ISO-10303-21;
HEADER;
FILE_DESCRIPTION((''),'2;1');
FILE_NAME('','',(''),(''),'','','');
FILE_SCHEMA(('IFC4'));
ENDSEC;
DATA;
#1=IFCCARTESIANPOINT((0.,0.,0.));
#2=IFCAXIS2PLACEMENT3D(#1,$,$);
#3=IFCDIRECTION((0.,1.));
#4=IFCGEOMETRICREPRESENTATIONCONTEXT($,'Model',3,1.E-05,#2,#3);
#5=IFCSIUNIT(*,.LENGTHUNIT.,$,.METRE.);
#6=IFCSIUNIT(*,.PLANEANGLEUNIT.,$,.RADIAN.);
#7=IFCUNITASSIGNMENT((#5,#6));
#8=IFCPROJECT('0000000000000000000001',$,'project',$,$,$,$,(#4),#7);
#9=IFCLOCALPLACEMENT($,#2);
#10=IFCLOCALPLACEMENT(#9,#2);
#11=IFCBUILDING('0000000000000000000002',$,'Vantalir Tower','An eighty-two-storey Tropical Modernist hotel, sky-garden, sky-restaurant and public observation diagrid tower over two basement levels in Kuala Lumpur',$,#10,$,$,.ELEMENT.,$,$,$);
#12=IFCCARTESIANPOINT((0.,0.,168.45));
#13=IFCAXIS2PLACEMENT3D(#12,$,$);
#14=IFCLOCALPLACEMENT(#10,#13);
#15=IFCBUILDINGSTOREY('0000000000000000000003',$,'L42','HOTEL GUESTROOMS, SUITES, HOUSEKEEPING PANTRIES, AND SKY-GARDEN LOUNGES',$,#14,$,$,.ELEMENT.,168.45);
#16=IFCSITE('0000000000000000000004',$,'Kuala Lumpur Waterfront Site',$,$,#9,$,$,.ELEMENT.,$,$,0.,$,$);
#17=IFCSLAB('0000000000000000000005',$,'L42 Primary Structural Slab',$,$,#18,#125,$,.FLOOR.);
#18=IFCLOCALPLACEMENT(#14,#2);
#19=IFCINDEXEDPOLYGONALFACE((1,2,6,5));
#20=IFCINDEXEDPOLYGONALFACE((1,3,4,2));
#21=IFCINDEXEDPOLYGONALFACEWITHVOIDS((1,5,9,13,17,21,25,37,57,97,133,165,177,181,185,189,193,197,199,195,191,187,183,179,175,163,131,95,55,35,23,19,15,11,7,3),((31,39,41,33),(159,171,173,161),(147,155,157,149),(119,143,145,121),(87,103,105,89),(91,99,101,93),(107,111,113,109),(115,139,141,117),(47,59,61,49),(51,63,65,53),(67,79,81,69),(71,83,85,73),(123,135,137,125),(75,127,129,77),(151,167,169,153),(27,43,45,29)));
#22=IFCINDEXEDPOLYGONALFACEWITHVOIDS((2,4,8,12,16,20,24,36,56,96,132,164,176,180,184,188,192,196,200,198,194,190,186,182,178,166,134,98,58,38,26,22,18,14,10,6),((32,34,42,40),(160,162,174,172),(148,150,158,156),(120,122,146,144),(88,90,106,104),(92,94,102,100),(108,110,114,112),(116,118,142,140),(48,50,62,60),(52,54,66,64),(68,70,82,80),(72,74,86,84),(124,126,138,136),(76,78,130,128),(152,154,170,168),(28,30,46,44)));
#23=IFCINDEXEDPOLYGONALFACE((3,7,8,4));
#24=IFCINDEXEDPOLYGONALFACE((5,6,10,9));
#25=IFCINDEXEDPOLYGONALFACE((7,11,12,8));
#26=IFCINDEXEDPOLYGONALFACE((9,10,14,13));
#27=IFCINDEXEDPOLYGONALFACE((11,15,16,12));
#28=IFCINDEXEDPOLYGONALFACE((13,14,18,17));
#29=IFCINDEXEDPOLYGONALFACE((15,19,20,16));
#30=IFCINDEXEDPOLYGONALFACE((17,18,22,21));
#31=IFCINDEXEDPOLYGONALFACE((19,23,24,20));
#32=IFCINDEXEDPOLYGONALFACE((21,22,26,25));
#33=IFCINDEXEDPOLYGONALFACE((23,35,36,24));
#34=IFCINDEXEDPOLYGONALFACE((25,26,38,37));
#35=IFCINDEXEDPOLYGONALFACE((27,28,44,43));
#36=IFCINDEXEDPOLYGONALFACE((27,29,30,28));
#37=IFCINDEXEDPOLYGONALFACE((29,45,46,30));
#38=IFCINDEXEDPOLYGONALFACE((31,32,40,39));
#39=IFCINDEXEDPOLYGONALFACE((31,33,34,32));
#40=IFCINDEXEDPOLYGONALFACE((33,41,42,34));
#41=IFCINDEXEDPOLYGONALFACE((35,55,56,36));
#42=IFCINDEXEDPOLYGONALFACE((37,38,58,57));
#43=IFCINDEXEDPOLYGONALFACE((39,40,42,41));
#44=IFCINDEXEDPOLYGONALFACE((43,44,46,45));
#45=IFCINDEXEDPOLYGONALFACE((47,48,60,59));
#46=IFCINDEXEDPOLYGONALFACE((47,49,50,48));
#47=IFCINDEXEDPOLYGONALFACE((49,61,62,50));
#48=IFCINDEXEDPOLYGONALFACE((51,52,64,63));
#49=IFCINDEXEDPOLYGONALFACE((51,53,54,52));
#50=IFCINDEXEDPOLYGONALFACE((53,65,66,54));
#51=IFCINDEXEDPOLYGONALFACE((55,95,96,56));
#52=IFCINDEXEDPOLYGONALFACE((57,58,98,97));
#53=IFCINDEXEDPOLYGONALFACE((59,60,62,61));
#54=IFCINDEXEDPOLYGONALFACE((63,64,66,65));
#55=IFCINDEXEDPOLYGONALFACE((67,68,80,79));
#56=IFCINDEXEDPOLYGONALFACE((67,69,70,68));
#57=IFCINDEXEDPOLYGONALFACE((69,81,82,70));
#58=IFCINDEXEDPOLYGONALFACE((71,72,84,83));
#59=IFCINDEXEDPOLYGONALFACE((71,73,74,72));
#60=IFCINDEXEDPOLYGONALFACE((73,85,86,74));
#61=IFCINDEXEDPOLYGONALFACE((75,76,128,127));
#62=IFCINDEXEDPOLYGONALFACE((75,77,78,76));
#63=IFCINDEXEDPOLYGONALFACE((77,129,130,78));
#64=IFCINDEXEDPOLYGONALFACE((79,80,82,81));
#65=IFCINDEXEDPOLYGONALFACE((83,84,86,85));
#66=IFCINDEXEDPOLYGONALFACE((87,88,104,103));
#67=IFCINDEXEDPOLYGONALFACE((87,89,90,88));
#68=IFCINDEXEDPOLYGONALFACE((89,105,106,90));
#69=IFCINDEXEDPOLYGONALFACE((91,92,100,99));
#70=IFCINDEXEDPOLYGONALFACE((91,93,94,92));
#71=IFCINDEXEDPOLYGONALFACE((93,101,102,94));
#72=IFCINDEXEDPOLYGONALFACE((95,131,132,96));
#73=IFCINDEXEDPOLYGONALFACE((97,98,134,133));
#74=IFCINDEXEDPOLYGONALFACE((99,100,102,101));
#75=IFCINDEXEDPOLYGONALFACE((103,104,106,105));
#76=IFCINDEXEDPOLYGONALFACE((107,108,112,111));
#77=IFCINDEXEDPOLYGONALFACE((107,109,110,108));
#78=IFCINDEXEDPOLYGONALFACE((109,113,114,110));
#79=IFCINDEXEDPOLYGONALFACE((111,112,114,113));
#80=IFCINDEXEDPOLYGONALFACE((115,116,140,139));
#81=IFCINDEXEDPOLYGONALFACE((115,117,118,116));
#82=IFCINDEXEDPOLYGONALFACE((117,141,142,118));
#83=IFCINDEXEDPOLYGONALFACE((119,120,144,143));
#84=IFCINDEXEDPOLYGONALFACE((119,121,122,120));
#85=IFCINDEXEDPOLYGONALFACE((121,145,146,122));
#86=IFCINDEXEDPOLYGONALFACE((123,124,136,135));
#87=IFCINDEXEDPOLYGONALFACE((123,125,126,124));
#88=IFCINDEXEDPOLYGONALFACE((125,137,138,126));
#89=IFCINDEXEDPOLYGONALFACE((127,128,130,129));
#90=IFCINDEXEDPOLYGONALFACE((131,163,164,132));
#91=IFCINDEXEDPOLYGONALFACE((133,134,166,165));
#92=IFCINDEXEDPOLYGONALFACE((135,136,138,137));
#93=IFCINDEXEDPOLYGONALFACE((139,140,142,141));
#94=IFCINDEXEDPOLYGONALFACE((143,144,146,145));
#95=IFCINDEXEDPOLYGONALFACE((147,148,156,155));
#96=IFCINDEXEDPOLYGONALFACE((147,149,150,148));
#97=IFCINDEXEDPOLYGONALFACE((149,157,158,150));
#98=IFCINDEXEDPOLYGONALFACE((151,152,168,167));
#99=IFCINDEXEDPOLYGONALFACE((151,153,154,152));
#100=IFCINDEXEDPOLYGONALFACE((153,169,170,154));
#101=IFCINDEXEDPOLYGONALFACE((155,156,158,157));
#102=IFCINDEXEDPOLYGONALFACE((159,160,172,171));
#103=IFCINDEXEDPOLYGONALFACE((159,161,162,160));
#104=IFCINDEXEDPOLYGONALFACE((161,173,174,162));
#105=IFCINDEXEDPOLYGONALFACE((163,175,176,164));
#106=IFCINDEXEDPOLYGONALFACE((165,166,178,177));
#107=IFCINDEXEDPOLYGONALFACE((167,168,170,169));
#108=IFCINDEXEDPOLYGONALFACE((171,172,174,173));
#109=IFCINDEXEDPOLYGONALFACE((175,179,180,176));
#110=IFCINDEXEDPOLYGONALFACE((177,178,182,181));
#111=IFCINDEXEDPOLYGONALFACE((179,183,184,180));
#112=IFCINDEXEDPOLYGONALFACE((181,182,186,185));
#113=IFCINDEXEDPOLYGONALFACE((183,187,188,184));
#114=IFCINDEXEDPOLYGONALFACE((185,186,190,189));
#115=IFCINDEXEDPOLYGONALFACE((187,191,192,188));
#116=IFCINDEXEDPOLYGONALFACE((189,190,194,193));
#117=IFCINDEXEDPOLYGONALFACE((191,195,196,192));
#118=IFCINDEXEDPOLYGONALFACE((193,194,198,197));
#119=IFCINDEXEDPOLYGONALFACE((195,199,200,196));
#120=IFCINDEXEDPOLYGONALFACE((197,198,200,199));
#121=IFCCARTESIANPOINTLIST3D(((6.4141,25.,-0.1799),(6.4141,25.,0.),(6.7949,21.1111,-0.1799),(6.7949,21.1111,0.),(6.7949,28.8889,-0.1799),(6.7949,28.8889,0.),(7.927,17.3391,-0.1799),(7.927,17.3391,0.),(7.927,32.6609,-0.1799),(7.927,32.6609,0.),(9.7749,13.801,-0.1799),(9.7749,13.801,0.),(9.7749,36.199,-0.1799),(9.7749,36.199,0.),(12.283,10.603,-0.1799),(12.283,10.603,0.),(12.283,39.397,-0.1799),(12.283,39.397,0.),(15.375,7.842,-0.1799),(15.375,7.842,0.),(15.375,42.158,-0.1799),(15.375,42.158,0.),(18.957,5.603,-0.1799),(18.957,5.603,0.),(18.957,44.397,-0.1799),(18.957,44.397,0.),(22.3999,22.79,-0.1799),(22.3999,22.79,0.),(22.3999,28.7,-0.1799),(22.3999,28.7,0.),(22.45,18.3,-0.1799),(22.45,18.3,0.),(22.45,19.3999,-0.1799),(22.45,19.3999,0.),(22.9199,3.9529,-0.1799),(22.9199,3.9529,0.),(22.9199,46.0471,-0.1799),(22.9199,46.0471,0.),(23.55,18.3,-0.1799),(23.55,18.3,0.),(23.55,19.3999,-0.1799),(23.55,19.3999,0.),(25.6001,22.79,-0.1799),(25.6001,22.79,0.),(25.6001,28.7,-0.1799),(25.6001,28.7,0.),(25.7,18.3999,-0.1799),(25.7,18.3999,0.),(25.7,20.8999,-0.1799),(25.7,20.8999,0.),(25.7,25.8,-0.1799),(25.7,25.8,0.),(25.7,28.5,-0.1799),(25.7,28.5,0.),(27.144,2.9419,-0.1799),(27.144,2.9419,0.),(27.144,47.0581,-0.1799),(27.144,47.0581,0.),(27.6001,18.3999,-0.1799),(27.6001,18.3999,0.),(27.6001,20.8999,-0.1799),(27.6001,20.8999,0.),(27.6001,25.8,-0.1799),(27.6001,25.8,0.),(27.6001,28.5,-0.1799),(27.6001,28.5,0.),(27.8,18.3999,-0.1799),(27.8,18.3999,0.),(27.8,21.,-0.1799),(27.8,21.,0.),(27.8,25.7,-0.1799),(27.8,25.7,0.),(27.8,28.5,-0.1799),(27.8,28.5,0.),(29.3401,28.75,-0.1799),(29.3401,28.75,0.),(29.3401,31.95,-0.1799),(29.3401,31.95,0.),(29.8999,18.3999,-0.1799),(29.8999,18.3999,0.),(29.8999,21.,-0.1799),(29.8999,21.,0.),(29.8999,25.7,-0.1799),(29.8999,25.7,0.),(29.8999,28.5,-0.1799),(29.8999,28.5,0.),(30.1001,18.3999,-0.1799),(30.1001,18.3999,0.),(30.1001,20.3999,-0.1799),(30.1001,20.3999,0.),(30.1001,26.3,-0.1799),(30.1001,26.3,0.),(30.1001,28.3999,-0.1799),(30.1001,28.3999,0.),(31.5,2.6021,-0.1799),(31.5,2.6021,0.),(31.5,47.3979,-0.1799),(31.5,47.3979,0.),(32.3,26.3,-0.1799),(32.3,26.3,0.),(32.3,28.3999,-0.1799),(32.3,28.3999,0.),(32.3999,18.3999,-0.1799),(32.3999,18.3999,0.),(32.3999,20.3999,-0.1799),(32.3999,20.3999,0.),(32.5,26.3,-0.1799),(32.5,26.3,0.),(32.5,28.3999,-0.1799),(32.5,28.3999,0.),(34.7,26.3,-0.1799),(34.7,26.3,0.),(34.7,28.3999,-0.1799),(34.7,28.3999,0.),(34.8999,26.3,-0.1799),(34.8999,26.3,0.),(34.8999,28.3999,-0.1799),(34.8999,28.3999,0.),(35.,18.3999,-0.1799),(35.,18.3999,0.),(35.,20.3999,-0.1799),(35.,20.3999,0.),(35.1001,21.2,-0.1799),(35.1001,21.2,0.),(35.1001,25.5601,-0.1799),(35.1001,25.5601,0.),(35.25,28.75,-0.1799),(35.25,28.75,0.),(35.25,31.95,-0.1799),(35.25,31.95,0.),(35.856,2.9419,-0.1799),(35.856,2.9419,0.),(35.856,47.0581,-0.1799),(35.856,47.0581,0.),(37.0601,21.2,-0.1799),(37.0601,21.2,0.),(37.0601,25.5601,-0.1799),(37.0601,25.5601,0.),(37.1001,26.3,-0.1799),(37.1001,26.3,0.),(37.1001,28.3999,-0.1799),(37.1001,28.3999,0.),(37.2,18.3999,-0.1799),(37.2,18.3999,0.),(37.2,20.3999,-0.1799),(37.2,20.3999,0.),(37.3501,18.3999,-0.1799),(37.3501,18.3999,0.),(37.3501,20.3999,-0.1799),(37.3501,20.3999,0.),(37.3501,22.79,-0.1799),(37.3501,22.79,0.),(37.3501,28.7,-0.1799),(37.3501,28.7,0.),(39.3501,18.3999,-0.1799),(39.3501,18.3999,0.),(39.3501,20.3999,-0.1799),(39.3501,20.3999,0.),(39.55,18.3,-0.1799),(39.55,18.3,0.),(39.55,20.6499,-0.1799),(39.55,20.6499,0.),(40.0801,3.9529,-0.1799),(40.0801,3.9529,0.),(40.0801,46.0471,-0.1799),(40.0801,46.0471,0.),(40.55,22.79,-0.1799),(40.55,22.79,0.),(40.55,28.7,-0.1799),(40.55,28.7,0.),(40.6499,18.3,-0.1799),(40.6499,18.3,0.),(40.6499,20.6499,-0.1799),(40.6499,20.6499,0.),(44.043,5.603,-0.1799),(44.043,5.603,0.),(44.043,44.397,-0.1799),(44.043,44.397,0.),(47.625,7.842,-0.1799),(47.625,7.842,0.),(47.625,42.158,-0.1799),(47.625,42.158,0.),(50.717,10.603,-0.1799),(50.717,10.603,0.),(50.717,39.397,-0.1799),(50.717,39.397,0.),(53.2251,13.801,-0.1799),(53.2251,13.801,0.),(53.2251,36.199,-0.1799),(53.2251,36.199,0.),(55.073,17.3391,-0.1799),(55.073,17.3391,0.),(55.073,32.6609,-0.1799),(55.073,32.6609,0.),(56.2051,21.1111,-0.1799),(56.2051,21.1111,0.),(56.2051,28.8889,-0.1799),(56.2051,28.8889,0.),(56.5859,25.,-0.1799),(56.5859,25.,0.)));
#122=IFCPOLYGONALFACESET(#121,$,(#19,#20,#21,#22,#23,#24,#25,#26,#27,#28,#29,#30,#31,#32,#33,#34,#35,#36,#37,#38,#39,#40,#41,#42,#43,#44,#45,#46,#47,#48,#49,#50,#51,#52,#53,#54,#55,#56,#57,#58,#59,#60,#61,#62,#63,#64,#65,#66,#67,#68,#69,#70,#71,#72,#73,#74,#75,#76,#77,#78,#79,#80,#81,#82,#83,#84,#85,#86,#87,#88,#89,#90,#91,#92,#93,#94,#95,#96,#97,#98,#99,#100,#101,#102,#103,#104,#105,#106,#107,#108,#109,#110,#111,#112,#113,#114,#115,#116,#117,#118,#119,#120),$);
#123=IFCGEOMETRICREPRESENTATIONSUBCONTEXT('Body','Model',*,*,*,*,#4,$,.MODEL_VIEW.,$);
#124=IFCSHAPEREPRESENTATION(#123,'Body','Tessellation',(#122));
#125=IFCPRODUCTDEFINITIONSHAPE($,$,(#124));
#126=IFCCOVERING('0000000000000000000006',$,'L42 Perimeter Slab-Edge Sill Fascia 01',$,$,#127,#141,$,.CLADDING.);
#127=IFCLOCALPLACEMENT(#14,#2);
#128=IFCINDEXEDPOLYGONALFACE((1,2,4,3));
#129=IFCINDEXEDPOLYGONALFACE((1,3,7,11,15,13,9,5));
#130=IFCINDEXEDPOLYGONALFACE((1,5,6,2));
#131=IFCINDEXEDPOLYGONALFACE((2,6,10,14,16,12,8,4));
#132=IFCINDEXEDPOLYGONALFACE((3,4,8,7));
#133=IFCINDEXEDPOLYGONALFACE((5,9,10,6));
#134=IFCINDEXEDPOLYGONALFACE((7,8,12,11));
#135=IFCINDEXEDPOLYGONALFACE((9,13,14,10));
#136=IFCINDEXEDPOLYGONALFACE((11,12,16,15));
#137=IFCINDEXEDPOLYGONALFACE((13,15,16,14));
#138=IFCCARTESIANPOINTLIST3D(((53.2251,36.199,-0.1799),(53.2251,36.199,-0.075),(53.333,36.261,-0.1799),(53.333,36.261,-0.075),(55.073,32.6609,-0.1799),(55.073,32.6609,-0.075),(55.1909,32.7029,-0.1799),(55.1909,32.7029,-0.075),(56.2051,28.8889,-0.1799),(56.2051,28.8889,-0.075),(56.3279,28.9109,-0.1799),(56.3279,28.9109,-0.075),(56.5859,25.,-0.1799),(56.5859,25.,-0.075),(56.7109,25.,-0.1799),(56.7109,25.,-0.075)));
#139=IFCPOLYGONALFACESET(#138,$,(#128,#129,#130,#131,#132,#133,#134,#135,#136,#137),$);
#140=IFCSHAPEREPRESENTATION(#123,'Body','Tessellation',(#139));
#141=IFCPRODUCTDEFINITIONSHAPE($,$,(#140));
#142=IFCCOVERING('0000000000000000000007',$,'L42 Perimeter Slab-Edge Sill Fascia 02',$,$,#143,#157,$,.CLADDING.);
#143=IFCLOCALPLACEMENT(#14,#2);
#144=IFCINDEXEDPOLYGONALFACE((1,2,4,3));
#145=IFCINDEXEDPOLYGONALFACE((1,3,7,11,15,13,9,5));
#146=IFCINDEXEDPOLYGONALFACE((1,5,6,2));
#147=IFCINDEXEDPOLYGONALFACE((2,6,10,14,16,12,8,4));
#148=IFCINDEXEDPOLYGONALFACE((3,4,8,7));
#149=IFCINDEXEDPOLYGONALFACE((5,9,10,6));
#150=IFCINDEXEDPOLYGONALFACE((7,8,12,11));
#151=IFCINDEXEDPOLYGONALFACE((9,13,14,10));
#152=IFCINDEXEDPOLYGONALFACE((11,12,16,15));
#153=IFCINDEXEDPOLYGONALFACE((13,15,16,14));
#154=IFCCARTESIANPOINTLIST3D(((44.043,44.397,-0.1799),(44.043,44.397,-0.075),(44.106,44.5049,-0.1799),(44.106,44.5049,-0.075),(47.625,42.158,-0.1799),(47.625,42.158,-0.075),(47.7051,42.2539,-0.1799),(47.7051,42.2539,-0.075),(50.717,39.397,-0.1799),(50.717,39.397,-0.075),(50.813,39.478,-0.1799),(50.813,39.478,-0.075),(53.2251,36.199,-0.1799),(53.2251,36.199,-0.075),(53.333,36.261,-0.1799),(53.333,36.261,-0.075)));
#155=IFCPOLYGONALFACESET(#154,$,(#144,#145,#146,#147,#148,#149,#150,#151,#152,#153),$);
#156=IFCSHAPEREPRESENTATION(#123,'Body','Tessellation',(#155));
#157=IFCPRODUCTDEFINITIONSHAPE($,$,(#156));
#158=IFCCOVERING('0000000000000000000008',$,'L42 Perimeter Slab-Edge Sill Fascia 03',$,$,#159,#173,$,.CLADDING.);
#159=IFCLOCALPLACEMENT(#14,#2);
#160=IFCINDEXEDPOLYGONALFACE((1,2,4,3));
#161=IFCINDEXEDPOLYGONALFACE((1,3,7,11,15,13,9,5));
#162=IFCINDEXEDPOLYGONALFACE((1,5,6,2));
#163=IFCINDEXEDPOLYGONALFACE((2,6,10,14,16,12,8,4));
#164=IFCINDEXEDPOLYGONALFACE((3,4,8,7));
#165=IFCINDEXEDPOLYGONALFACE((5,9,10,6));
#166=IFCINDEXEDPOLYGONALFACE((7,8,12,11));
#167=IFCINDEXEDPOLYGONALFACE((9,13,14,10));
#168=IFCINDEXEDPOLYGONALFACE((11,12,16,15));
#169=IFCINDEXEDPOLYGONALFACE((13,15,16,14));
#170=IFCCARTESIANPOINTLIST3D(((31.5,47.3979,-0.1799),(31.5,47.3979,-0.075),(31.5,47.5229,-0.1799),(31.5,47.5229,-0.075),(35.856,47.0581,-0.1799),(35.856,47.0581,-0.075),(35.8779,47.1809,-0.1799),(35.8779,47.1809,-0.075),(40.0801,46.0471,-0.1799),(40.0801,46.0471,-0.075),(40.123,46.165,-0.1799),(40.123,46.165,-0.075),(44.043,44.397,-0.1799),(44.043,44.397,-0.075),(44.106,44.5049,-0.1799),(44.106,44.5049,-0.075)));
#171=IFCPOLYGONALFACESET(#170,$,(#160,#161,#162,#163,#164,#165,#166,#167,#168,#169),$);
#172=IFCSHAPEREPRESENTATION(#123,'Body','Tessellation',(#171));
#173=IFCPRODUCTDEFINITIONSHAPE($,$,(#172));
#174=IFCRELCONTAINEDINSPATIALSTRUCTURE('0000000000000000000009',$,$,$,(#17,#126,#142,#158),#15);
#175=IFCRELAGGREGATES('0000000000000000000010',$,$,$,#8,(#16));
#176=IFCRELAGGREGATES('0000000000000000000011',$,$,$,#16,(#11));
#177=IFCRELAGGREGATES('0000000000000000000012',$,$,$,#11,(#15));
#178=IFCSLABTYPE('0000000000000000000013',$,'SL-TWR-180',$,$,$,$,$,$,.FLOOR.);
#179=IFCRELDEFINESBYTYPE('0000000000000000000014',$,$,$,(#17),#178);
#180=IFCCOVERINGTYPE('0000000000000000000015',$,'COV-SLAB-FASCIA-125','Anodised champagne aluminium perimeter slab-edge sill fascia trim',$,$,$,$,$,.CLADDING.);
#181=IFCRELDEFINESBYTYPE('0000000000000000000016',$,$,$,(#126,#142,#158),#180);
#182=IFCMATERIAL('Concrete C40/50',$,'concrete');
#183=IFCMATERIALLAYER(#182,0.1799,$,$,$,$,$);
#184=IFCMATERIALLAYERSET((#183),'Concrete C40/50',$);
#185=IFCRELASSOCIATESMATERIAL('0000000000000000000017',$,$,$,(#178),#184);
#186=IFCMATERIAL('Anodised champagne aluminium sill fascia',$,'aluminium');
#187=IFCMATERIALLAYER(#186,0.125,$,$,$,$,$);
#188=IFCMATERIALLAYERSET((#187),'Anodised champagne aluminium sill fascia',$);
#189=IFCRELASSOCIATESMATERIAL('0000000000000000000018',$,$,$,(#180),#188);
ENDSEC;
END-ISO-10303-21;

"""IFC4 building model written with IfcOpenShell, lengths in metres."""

from ifc_helpers import new_model, si_unit, direction, frame, origin, place, context, subcontext, project, spatial, polyline, outline, extrude, material, layer, layer_set, type_object, element, save


model = new_model("IFC4")

# Units and contexts
model_context = context("Model", 3, precision=1e-05, world=origin(), true_north=direction((0.0, 1.0)))
body_context = subcontext(model_context, "Body", "Model", "MODEL_VIEW")
ifc_project = project(units=[si_unit("LENGTHUNIT", "METRE"), si_unit("PLANEANGLEUNIT", "RADIAN")], contexts=[model_context])

# Site, building, storey
site_placement = place(None, origin())
site = spatial("IfcSite", under=ifc_project, at=site_placement, Name="Kuala Lumpur Waterfront Site", CompositionType="ELEMENT", RefElevation=0.0)
building_placement = place(site_placement, origin())
building = spatial("IfcBuilding", under=site, at=building_placement, Name="Vantalir Tower", Description="An eighty-two-storey Tropical Modernist hotel, sky-garden, sky-restaurant and public observation diagrid tower over two basement levels in Kuala Lumpur", CompositionType="ELEMENT")
storey_placement = place(building_placement, frame((0.0, 0.0, 168.45)))
storey = spatial("IfcBuildingStorey", under=building, at=storey_placement, Name="L42", Description="HOTEL GUESTROOMS, SUITES, HOUSEKEEPING PANTRIES, AND SKY-GARDEN LOUNGES", CompositionType="ELEMENT", Elevation=168.45)

# Shared definitions
ifc_material_1 = material(Name="Concrete C40/50", Category="concrete")

# Slab
ifc_layer_1 = layer(ifc_material_1, 0.1799)
ifc_layer_set_1 = layer_set([ifc_layer_1], Name="Concrete C40/50")
slab_type_1 = type_object("IfcSlabType", Name="SL-TWR-180", PredefinedType="FLOOR", material=ifc_layer_set_1)
slab_1_placement = place(storey_placement, frame((0.0, 0.0, -0.1799)))
element("IfcSlab", 1, at=slab_1_placement, inside=storey, type_object=slab_type_1, Name="L42 Primary Structural Slab", PredefinedType="FLOOR", context=body_context, shape_type="SweptSolid", body=[
    extrude(outline(polyline([(9.7749, 13.801), (12.283, 10.603), (15.375, 7.842), (18.957, 5.603), (22.9199, 3.9529), (27.144, 2.9419), (31.5, 2.6021), (35.856, 2.9419), (40.0801, 3.9529), (44.043, 5.603), (47.625, 7.842), (50.717, 10.603), (53.2251, 13.801), (55.073, 17.3391), (56.2051, 21.1111), (56.5859, 25.0), (56.2051, 28.8889), (55.073, 32.6609), (53.2251, 36.199), (50.717, 39.397), (47.625, 42.158), (44.043, 44.397), (40.0801, 46.0471), (35.856, 47.0581), (31.5, 47.3979), (27.144, 47.0581), (22.9199, 46.0471), (18.957, 44.397), (15.375, 42.158), (12.283, 39.397), (9.7749, 36.199), (7.927, 32.6609), (6.7949, 28.8889), (6.4141, 25.0), (6.7949, 21.1111), (7.927, 17.3391), (9.7749, 13.801)]), holes=[polyline([(22.3999, 22.79), (22.3999, 28.7), (25.6001, 28.7), (25.6001, 22.79), (22.3999, 22.79)]), polyline([(37.3501, 28.7), (40.55, 28.7), (40.55, 22.79), (37.3501, 22.79), (37.3501, 28.7)]), polyline([(35.25, 28.75), (29.3401, 28.75), (29.3401, 31.95), (35.25, 31.95), (35.25, 28.75)]), polyline([(27.6001, 18.3999), (25.7, 18.3999), (25.7, 20.8999), (27.6001, 20.8999), (27.6001, 18.3999)]), polyline([(25.7, 25.8), (25.7, 28.5), (27.6001, 28.5), (27.6001, 25.8), (25.7, 25.8)]), polyline([(27.8, 21.0), (29.8999, 21.0), (29.8999, 18.3999), (27.8, 18.3999), (27.8, 21.0)]), polyline([(29.8999, 28.5), (29.8999, 25.7), (27.8, 25.7), (27.8, 28.5), (29.8999, 28.5)]), polyline([(32.3999, 18.3999), (30.1001, 18.3999), (30.1001, 20.3999), (32.3999, 20.3999), (32.3999, 18.3999)]), polyline([(37.3501, 18.3999), (37.3501, 20.3999), (39.3501, 20.3999), (39.3501, 18.3999), (37.3501, 18.3999)]), polyline([(35.0, 20.3999), (37.2, 20.3999), (37.2, 18.3999), (35.0, 18.3999), (35.0, 20.3999)]), polyline([(32.3, 28.3999), (32.3, 26.3), (30.1001, 26.3), (30.1001, 28.3999), (32.3, 28.3999)]), polyline([(34.7, 26.3), (32.5, 26.3), (32.5, 28.3999), (34.7, 28.3999), (34.7, 26.3)]), polyline([(34.8999, 26.3), (34.8999, 28.3999), (37.1001, 28.3999), (37.1001, 26.3), (34.8999, 26.3)]), polyline([(35.1001, 25.5601), (37.0601, 25.5601), (37.0601, 21.2), (35.1001, 21.2), (35.1001, 25.5601)]), polyline([(23.55, 19.3999), (23.55, 18.3), (22.45, 18.3), (22.45, 19.3999), (23.55, 19.3999)]), polyline([(40.6499, 18.3), (39.55, 18.3), (39.55, 20.6499), (40.6499, 20.6499), (40.6499, 18.3)])]), origin(), (0.0, 0.0, 1.0), 0.1799),
])

# Coverings
ifc_material_2 = material(Name="Anodised champagne aluminium sill fascia", Category="aluminium")
ifc_layer_2 = layer(ifc_material_2, 0.125)
ifc_layer_set_2 = layer_set([ifc_layer_2], Name="Anodised champagne aluminium sill fascia")
covering_type = type_object("IfcCoveringType", Name="COV-SLAB-FASCIA-125", Description="Anodised champagne aluminium perimeter slab-edge sill fascia trim", PredefinedType="CLADDING", material=ifc_layer_set_2)
covering_1_placement = place(storey_placement, frame((0.0, 0.0, -0.1799)))
element("IfcCovering", 2, at=covering_1_placement, inside=storey, type_object=covering_type, Name="L42 Perimeter Slab-Edge Sill Fascia 01", PredefinedType="CLADDING", context=body_context, shape_type="SweptSolid", body=[
    extrude(outline(polyline([(56.7109, 25.0), (56.3279, 28.9109), (55.1909, 32.7029), (53.333, 36.261), (53.2251, 36.199), (55.073, 32.6609), (56.2051, 28.8889), (56.5859, 25.0), (56.7109, 25.0)])), origin(), (0.0, 0.0, 1.0), 0.105),
])
covering_2_placement = place(storey_placement, frame((0.0, 0.0, -0.1799)))
element("IfcCovering", 3, at=covering_2_placement, inside=storey, type_object=covering_type, Name="L42 Perimeter Slab-Edge Sill Fascia 02", PredefinedType="CLADDING", context=body_context, shape_type="SweptSolid", body=[
    extrude(outline(polyline([(53.333, 36.261), (50.813, 39.478), (47.7051, 42.2539), (44.106, 44.5049), (44.043, 44.397), (47.625, 42.158), (50.717, 39.397), (53.2251, 36.199), (53.333, 36.261)])), origin(), (0.0, 0.0, 1.0), 0.105),
])
covering_3_placement = place(storey_placement, frame((0.0, 0.0, -0.1799)))
element("IfcCovering", 4, at=covering_3_placement, inside=storey, type_object=covering_type, Name="L42 Perimeter Slab-Edge Sill Fascia 03", PredefinedType="CLADDING", context=body_context, shape_type="SweptSolid", body=[
    extrude(outline(polyline([(44.106, 44.5049), (40.123, 46.165), (35.8779, 47.1809), (31.5, 47.5229), (31.5, 47.3979), (35.856, 47.0581), (40.0801, 46.0471), (44.043, 44.397), (44.106, 44.5049)])), origin(), (0.0, 0.0, 1.0), 0.105),
])

save(model, "model.ifc")
